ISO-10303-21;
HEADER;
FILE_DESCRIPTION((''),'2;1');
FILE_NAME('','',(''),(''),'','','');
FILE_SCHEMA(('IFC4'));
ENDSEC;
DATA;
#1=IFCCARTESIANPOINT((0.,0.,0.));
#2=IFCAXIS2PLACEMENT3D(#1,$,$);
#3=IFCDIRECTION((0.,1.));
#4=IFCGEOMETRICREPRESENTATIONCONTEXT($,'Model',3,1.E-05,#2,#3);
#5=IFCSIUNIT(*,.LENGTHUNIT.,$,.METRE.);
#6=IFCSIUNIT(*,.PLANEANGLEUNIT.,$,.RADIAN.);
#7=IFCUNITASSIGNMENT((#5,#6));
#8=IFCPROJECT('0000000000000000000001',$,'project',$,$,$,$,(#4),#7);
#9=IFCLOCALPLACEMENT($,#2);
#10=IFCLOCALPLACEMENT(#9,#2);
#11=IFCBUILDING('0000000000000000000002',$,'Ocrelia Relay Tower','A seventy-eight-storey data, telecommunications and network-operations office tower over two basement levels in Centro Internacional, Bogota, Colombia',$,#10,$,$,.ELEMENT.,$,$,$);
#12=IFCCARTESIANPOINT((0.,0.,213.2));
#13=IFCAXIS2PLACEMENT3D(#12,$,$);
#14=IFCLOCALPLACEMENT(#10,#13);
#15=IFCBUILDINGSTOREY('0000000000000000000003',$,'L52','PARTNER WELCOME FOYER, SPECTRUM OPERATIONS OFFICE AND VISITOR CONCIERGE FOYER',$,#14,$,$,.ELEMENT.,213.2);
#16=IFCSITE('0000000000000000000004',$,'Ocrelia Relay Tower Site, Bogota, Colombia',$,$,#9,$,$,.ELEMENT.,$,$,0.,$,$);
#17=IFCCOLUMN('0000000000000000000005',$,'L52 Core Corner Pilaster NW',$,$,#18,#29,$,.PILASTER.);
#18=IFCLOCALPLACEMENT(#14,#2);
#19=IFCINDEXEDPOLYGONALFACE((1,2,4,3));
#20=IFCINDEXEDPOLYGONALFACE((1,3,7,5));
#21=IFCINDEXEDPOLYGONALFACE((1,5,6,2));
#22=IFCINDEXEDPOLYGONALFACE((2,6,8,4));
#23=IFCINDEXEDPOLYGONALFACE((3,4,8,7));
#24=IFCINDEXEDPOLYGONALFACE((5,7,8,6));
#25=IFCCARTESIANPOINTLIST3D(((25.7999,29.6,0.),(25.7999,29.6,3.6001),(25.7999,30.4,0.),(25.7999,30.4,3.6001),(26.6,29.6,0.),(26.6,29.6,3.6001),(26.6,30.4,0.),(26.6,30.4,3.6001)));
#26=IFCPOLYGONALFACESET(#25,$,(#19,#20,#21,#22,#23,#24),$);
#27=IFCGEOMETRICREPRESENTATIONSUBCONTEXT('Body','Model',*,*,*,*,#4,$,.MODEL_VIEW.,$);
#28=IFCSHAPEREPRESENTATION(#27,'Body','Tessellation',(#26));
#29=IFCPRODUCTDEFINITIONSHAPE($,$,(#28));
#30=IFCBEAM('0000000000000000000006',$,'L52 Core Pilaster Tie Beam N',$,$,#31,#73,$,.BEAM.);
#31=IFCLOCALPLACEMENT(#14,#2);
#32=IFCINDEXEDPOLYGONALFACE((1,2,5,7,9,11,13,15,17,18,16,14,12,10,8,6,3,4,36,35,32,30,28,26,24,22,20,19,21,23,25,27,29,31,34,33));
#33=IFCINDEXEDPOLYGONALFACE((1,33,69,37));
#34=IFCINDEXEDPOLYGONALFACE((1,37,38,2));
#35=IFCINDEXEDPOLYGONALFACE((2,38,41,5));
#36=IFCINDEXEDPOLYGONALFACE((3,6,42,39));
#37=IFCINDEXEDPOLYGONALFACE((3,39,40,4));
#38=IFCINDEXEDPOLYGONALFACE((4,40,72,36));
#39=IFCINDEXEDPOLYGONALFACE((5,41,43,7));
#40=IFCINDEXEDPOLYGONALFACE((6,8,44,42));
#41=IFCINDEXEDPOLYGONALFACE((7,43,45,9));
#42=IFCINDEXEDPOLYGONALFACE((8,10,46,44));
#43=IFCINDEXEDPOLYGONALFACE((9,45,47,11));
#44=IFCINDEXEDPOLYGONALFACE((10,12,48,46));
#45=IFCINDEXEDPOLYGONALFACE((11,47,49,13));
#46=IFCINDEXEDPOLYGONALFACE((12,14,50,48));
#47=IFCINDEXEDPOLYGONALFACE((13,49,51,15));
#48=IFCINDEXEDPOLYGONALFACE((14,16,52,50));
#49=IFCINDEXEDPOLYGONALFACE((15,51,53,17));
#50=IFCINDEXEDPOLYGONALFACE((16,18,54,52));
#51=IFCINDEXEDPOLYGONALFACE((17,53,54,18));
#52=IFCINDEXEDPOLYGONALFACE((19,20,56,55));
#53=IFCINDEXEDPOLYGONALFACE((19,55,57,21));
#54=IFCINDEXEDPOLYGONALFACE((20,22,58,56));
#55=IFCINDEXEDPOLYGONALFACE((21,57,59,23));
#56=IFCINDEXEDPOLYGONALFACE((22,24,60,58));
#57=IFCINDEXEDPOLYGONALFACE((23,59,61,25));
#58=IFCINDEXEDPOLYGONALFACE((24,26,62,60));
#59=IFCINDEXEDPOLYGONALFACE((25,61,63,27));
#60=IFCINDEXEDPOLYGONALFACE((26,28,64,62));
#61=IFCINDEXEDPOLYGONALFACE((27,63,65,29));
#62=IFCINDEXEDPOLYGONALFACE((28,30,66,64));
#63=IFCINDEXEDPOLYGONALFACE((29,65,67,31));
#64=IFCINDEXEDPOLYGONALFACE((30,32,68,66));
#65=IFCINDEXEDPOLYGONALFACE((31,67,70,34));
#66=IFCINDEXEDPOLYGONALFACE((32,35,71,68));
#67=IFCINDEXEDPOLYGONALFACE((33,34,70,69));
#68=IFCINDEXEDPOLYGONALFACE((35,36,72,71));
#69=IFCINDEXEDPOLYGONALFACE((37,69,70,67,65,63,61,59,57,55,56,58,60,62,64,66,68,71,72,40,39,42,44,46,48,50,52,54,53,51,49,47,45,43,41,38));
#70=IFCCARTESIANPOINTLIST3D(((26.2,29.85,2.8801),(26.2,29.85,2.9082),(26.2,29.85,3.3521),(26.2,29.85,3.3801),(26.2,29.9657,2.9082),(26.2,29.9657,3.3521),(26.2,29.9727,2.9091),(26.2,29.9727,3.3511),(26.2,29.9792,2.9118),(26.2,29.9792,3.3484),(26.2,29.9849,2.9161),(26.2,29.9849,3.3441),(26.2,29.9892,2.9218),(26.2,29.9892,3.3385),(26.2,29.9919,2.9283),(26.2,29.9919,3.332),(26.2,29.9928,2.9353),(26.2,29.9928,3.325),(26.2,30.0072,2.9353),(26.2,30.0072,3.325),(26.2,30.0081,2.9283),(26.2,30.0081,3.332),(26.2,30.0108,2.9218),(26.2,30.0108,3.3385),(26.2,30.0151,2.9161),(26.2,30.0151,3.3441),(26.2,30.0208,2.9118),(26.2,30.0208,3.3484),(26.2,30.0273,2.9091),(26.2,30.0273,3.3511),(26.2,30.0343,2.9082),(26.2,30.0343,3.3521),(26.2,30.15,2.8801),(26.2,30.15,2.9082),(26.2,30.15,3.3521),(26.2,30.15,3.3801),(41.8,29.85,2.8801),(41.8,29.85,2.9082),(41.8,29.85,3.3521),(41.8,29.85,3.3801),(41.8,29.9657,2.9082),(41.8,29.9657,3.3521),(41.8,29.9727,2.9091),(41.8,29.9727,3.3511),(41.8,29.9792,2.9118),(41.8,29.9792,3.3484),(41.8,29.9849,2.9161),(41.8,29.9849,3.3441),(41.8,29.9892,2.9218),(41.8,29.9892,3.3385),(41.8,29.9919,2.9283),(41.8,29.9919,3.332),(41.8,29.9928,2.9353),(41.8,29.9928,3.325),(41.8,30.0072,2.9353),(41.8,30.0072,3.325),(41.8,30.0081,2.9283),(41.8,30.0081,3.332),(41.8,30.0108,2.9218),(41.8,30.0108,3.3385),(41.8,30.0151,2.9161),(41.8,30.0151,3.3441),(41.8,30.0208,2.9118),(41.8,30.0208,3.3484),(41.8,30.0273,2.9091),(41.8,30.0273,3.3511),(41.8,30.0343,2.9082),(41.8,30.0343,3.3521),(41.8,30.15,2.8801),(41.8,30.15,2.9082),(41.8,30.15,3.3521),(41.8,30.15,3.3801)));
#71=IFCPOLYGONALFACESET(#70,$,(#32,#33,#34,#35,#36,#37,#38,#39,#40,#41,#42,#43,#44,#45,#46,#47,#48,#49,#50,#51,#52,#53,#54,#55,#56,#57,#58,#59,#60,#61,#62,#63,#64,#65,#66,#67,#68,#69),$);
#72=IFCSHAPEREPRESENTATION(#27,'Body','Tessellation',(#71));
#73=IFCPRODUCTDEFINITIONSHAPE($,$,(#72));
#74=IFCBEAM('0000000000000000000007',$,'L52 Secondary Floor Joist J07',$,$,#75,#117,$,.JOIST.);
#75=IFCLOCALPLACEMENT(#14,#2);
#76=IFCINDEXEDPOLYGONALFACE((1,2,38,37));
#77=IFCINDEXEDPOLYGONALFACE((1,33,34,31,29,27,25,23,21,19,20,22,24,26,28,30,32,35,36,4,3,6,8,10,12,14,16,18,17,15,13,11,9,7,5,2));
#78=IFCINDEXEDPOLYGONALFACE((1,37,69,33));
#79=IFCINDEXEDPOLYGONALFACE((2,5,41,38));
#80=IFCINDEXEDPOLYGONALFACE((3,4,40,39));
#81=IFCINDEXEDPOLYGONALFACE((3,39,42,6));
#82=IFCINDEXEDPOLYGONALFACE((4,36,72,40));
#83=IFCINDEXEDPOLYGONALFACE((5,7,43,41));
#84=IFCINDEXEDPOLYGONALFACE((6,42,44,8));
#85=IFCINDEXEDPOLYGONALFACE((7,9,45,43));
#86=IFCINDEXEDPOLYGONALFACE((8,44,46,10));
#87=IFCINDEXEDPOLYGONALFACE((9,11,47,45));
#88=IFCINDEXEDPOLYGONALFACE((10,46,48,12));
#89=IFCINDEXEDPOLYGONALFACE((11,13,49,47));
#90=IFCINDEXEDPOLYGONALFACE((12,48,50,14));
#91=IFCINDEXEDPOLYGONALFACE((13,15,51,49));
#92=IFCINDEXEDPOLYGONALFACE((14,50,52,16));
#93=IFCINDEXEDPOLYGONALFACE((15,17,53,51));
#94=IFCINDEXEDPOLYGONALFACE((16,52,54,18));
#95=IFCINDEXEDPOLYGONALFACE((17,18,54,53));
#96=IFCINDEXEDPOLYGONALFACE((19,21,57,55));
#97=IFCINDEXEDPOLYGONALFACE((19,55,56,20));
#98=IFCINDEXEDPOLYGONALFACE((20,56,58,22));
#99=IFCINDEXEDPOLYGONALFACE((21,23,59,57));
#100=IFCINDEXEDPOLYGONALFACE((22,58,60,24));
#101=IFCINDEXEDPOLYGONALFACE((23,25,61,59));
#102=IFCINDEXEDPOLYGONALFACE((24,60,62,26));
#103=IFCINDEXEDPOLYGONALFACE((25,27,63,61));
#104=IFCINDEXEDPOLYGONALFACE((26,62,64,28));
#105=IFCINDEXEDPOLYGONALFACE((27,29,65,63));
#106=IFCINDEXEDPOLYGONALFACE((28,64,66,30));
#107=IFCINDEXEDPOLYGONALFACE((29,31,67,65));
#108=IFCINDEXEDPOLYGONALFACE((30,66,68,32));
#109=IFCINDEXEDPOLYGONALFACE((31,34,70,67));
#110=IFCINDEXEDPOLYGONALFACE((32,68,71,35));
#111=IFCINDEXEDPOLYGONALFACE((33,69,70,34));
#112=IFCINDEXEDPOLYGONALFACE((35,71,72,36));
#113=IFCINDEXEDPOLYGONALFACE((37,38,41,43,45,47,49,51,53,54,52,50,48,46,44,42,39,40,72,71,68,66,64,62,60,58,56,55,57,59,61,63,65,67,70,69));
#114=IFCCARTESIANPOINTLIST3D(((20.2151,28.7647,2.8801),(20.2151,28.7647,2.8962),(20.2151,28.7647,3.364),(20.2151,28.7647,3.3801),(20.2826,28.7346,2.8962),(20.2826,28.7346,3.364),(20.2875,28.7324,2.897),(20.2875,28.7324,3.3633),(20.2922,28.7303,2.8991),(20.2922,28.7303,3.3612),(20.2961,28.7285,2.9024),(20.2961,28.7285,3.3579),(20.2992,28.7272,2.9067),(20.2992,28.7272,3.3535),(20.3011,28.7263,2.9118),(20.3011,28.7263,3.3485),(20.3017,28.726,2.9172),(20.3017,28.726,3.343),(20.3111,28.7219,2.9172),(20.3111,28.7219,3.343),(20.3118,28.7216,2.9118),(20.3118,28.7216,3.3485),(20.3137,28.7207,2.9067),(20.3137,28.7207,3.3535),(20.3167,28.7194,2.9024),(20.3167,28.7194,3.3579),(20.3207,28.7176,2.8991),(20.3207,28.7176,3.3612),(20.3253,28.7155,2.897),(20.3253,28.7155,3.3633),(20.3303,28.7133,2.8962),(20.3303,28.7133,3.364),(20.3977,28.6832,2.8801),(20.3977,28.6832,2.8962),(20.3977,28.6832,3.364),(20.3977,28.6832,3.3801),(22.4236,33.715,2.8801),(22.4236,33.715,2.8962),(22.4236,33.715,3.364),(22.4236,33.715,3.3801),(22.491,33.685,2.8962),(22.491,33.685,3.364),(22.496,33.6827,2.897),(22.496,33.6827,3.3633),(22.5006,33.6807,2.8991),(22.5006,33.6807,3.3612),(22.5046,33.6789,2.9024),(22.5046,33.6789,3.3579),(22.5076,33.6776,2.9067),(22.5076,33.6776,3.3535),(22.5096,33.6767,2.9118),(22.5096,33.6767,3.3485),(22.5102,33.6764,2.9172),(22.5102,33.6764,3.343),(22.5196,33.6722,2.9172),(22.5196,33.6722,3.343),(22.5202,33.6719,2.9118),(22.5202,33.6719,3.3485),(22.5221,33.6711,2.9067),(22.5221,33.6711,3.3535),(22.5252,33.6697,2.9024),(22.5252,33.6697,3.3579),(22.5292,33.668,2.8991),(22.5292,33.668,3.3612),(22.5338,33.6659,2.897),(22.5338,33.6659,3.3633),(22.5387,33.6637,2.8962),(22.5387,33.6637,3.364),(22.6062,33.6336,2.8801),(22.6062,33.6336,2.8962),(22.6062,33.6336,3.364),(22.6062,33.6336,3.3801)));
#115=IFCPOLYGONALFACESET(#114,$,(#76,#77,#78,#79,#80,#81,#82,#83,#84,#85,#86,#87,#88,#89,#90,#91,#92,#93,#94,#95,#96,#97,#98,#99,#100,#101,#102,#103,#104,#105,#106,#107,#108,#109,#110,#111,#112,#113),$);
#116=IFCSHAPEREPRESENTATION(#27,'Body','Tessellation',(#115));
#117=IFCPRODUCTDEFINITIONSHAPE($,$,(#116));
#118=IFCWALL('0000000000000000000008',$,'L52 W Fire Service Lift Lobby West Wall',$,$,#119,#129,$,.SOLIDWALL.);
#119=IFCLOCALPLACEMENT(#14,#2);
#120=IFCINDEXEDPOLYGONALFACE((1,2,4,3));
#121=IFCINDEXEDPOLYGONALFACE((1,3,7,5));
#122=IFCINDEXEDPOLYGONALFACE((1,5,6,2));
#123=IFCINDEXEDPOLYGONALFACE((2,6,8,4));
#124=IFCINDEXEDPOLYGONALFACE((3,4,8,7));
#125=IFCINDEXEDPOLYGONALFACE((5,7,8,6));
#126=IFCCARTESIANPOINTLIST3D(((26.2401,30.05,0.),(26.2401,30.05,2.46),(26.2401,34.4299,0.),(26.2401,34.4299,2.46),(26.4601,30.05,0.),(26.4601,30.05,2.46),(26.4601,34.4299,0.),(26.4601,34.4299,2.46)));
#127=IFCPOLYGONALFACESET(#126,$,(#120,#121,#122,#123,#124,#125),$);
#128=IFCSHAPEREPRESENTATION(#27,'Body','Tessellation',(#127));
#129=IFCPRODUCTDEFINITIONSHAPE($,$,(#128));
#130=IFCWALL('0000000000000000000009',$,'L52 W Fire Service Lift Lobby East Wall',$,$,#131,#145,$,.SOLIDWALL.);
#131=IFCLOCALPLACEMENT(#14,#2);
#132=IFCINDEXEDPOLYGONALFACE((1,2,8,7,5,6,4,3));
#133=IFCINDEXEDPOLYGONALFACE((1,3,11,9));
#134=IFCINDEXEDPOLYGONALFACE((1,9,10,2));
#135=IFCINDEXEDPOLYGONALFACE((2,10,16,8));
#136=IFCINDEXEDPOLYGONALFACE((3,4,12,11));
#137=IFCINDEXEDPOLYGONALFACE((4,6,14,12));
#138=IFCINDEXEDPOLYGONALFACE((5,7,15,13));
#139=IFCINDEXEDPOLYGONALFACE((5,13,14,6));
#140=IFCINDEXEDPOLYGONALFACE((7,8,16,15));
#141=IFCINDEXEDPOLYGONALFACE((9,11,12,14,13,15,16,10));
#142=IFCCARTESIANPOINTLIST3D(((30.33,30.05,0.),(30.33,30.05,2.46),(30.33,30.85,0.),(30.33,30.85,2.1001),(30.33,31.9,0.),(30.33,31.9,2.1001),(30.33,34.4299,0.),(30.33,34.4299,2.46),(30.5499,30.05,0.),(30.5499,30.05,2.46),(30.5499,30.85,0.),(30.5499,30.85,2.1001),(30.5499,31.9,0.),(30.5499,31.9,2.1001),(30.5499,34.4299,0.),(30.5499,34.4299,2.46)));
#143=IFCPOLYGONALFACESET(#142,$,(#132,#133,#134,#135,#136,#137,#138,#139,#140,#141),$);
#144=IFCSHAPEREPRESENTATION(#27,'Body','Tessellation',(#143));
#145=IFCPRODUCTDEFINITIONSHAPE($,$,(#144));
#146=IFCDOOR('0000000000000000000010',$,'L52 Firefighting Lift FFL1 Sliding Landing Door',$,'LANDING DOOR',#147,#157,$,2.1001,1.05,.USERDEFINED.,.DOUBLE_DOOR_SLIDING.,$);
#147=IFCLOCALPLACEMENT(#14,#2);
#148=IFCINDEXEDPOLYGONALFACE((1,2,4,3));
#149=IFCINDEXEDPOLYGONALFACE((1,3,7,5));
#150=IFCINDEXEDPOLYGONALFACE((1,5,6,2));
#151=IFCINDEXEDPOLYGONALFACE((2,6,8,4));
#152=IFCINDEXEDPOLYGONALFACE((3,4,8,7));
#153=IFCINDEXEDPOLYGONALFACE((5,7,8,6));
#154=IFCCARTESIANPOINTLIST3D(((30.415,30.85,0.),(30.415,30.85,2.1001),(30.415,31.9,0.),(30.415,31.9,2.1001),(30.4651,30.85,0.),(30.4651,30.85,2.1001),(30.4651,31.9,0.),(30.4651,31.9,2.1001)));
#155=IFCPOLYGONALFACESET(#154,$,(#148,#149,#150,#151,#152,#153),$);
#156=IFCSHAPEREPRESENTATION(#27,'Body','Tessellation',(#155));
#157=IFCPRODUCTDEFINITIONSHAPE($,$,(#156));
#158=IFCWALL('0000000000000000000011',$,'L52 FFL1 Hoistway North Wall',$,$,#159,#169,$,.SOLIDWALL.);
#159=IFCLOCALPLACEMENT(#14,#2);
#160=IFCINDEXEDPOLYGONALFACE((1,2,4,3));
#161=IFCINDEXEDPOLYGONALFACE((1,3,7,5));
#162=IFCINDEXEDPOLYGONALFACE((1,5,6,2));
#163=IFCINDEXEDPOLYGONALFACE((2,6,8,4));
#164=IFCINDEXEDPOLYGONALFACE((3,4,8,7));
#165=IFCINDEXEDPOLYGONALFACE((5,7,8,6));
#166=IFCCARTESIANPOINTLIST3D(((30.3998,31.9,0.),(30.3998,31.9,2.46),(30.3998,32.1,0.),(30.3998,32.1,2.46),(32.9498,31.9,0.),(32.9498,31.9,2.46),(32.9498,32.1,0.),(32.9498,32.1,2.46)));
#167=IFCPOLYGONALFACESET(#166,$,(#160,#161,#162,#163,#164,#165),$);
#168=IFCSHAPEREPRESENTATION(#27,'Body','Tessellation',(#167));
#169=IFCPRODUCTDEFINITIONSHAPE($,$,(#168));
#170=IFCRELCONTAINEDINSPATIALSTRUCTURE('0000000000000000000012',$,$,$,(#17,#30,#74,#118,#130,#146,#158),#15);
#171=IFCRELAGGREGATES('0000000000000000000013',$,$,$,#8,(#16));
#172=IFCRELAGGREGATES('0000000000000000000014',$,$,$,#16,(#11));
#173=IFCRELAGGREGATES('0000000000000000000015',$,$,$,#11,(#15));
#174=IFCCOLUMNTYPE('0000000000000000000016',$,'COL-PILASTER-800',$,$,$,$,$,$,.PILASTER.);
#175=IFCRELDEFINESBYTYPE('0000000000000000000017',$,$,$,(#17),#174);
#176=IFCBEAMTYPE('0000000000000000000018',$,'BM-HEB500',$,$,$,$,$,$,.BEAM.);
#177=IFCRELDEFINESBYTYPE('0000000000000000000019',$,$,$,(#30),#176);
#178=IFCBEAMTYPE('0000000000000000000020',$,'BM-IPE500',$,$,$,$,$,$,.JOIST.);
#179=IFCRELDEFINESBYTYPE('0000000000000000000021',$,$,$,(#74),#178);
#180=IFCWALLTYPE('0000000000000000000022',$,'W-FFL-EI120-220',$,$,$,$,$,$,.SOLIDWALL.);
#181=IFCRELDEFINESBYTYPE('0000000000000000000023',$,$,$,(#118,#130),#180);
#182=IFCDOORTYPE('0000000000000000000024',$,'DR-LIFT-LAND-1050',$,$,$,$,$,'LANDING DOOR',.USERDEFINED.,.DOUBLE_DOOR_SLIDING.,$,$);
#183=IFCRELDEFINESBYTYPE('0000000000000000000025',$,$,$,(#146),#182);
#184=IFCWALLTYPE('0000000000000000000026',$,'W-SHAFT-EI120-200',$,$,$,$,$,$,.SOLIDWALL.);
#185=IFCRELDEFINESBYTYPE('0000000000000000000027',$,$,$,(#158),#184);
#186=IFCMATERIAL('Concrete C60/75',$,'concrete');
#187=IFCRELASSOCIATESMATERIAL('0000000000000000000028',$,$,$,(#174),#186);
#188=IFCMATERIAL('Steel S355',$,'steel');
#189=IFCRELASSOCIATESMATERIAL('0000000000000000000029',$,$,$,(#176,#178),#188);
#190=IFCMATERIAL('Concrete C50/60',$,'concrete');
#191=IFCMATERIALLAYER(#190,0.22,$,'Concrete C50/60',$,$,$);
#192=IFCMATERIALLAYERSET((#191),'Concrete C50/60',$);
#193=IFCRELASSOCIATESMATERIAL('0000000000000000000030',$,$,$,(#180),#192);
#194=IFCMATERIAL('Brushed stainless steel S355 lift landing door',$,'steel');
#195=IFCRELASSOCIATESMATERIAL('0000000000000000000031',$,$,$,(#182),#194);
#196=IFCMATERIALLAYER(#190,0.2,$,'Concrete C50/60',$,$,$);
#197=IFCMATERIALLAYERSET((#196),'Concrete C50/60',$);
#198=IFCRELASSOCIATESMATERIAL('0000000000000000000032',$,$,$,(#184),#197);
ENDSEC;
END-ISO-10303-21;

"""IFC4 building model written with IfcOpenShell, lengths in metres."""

from ifc_helpers import new_model, si_unit, direction, frame, frame_2d, origin, origin_2d, place, context, subcontext, project, spatial, rectangle, i_section, extrude, material, layer, layer_set, material_profile, profile_set, type_object, element, fill, save


model = new_model("IFC4")

# Units and contexts
model_context = context("Model", 3, precision=1e-05, world=origin(), true_north=direction((0.0, 1.0)))
body_context = subcontext(model_context, "Body", "Model", "MODEL_VIEW")
ifc_project = project(units=[si_unit("LENGTHUNIT", "METRE"), si_unit("PLANEANGLEUNIT", "RADIAN")], contexts=[model_context])

# Site, building, storey
site_placement = place(None, origin())
site = spatial("IfcSite", under=ifc_project, at=site_placement, Name="Ocrelia Relay Tower Site, Bogota, Colombia", CompositionType="ELEMENT", RefElevation=0.0)
building_placement = place(site_placement, origin())
building = spatial("IfcBuilding", under=site, at=building_placement, Name="Ocrelia Relay Tower", Description="A seventy-eight-storey data, telecommunications and network-operations office tower over two basement levels in Centro Internacional, Bogota, Colombia", CompositionType="ELEMENT")
storey_placement = place(building_placement, frame((0.0, 0.0, 213.2)))
storey = spatial("IfcBuildingStorey", under=building, at=storey_placement, Name="L52", Description="PARTNER WELCOME FOYER, SPECTRUM OPERATIONS OFFICE AND VISITOR CONCIERGE FOYER", CompositionType="ELEMENT", Elevation=213.2)

# Column
ifc_material_1 = material(Name="Concrete C60/75", Category="concrete")
ifc_material_profile_1 = material_profile(ifc_material_1, rectangle(XDim=0.8, YDim=0.8, at=origin_2d()), Name="RC-COL-800x800")
ifc_profile_set_1 = profile_set([ifc_material_profile_1], Name="Concrete C60/75")
column_type = type_object("IfcColumnType", Name="COL-PILASTER-800", PredefinedType="PILASTER", material=ifc_profile_set_1)
column_placement = place(storey_placement, frame((26.2, 30.0, 0.0), z_axis=(0.0, 0.0, 1.0), x_axis=(1.0, 0.0, 0.0)))
element("IfcColumn", 1, at=column_placement, inside=storey, type_object=column_type, Name="L52 Core Corner Pilaster NW", PredefinedType="PILASTER", context=body_context, shape_type="SweptSolid", body=[
    extrude(rectangle(XDim=0.8, YDim=0.8, at=origin_2d()), origin(), (0.0, 0.0, 1.0), 3.6001),
])

# Beams
ifc_material_2 = material(Name="Steel S355", Category="steel")
ifc_material_profile_2 = material_profile(ifc_material_2, i_section(OverallWidth=0.3, OverallDepth=0.5, WebThickness=0.0144, FlangeThickness=0.0281, FilletRadius=0.0271, at=origin_2d()), Name="HEB 500")
ifc_profile_set_2 = profile_set([ifc_material_profile_2], Name="Steel S355")
beam_type_1 = type_object("IfcBeamType", Name="BM-HEB500", PredefinedType="BEAM", material=ifc_profile_set_2)
beam_1_placement = place(storey_placement, frame((26.2, 30.0, 3.1301), z_axis=(1.0, 0.0, 0.0), x_axis=(0.0, 1.0, 0.0)))
element("IfcBeam", 2, at=beam_1_placement, inside=storey, type_object=beam_type_1, Name="L52 Core Pilaster Tie Beam N", PredefinedType="BEAM", context=body_context, shape_type="SweptSolid", body=[
    extrude(i_section(OverallWidth=0.3, OverallDepth=0.5, WebThickness=0.0144, FlangeThickness=0.0281, FilletRadius=0.0271, at=origin_2d()), origin(), (0.0, 0.0, 1.0), 15.6001),
])
ifc_material_profile_3 = material_profile(ifc_material_2, i_section(OverallWidth=0.2, OverallDepth=0.5, WebThickness=0.0103, FlangeThickness=0.0161, FilletRadius=0.021, at=origin_2d()), Name="IPE 500")
ifc_profile_set_3 = profile_set([ifc_material_profile_3], Name="Steel S355")
beam_type_2 = type_object("IfcBeamType", Name="BM-IPE500", PredefinedType="JOIST", material=ifc_profile_set_3)
beam_2_placement = place(storey_placement, frame((22.5149, 33.6743, 3.1301), z_axis=(-0.407417, -0.913242, 0.0), x_axis=(0.913242, -0.407417, 0.0)))
element("IfcBeam", 3, at=beam_2_placement, inside=storey, type_object=beam_type_2, Name="L52 Secondary Floor Joist J07", PredefinedType="JOIST", context=body_context, shape_type="SweptSolid", body=[
    extrude(i_section(OverallWidth=0.2, OverallDepth=0.5, WebThickness=0.0103, FlangeThickness=0.0161, FilletRadius=0.021, at=origin_2d()), origin(), (0.0, 0.0, 1.0), 5.4207),
])

# Wall
ifc_material_3 = material(Name="Concrete C50/60", Category="concrete")
ifc_layer_1 = layer(ifc_material_3, 0.22, Name="Concrete C50/60")
ifc_layer_set_1 = layer_set([ifc_layer_1], Name="Concrete C50/60")
wall_type_1 = type_object("IfcWallType", Name="W-FFL-EI120-220", PredefinedType="SOLIDWALL", material=ifc_layer_set_1)
wall_1_placement = place(storey_placement, frame((26.3501, 30.05, 0.0), z_axis=(0.0, 0.0, 1.0), x_axis=(0.0, 1.0, 0.0)))
element("IfcWall", 4, at=wall_1_placement, inside=storey, type_object=wall_type_1, Name="L52 W Fire Service Lift Lobby West Wall", PredefinedType="SOLIDWALL", context=body_context, shape_type="SweptSolid", body=[
    extrude(rectangle(XDim=4.3799, YDim=0.22, at=frame_2d((2.1899, 0.0))), origin(), (0.0, 0.0, 1.0), 2.46),
])

# Wall, opening, door
wall_2_placement = place(storey_placement, frame((30.4399, 30.05, 0.0), z_axis=(0.0, 0.0, 1.0), x_axis=(0.0, 1.0, 0.0)))
wall_2 = element("IfcWall", 5, at=wall_2_placement, inside=storey, type_object=wall_type_1, Name="L52 W Fire Service Lift Lobby East Wall", PredefinedType="SOLIDWALL", context=body_context, shape_type="SweptSolid", body=[
    extrude(rectangle(XDim=4.3799, YDim=0.22, at=frame_2d((2.1899, 0.0))), origin(), (0.0, 0.0, 1.0), 2.46),
])
opening_1_placement = place(wall_2_placement, frame((0.8, 0.0, 0.0)))
opening_1 = element("IfcOpeningElement", 6, at=opening_1_placement, cuts=wall_2, PredefinedType="OPENING", context=body_context, shape_type="SweptSolid", body=[
    extrude(rectangle(XDim=1.05, YDim=2.1001, at=frame_2d((0.5249, 1.05))), frame((0.0, 0.1201, 0.0), z_axis=(0.0, -1.0, 0.0), x_axis=(1.0, 0.0, 0.0)), (0.0, 0.0, 1.0), 0.24),
])
ifc_material_4 = material(Name="Brushed stainless steel S355 lift landing door", Category="steel")
door_type_1 = type_object("IfcDoorType", Name="DR-LIFT-LAND-1050", ElementType="LANDING DOOR", OperationType="DOUBLE_DOOR_SLIDING", PredefinedType="USERDEFINED", material=ifc_material_4)
door_1_placement = place(opening_1_placement, origin())
door_1 = element("IfcDoor", 7, at=door_1_placement, inside=storey, type_object=door_type_1, Name="L52 Firefighting Lift FFL1 Sliding Landing Door", ObjectType="LANDING DOOR", OperationType="DOUBLE_DOOR_SLIDING", OverallHeight=2.1001, OverallWidth=1.05, PredefinedType="USERDEFINED", context=body_context, shape_type="SweptSolid", body=[
    extrude(rectangle(XDim=1.05, YDim=2.1001, at=frame_2d((0.5249, 1.05))), frame((0.0, 0.0249, 0.0), z_axis=(0.0, -1.0, 0.0), x_axis=(1.0, 0.0, 0.0)), (0.0, 0.0, 1.0), 0.05),
])
fill(opening_1, door_1)

# Wall
ifc_layer_2 = layer(ifc_material_3, 0.2, Name="Concrete C50/60")
ifc_layer_set_2 = layer_set([ifc_layer_2], Name="Concrete C50/60")
wall_type_2 = type_object("IfcWallType", Name="W-SHAFT-EI120-200", PredefinedType="SOLIDWALL", material=ifc_layer_set_2)
wall_3_placement = place(storey_placement, frame((30.3999, 32.0, 0.0), z_axis=(0.0, 0.0, 1.0), x_axis=(1.0, 0.0, 0.0)))
element("IfcWall", 8, at=wall_3_placement, inside=storey, type_object=wall_type_2, Name="L52 FFL1 Hoistway North Wall", PredefinedType="SOLIDWALL", context=body_context, shape_type="SweptSolid", body=[
    extrude(rectangle(XDim=2.55, YDim=0.2, at=frame_2d((1.2749, 0.0))), origin(), (0.0, 0.0, 1.0), 2.46),
])

save(model, "model.ifc")
